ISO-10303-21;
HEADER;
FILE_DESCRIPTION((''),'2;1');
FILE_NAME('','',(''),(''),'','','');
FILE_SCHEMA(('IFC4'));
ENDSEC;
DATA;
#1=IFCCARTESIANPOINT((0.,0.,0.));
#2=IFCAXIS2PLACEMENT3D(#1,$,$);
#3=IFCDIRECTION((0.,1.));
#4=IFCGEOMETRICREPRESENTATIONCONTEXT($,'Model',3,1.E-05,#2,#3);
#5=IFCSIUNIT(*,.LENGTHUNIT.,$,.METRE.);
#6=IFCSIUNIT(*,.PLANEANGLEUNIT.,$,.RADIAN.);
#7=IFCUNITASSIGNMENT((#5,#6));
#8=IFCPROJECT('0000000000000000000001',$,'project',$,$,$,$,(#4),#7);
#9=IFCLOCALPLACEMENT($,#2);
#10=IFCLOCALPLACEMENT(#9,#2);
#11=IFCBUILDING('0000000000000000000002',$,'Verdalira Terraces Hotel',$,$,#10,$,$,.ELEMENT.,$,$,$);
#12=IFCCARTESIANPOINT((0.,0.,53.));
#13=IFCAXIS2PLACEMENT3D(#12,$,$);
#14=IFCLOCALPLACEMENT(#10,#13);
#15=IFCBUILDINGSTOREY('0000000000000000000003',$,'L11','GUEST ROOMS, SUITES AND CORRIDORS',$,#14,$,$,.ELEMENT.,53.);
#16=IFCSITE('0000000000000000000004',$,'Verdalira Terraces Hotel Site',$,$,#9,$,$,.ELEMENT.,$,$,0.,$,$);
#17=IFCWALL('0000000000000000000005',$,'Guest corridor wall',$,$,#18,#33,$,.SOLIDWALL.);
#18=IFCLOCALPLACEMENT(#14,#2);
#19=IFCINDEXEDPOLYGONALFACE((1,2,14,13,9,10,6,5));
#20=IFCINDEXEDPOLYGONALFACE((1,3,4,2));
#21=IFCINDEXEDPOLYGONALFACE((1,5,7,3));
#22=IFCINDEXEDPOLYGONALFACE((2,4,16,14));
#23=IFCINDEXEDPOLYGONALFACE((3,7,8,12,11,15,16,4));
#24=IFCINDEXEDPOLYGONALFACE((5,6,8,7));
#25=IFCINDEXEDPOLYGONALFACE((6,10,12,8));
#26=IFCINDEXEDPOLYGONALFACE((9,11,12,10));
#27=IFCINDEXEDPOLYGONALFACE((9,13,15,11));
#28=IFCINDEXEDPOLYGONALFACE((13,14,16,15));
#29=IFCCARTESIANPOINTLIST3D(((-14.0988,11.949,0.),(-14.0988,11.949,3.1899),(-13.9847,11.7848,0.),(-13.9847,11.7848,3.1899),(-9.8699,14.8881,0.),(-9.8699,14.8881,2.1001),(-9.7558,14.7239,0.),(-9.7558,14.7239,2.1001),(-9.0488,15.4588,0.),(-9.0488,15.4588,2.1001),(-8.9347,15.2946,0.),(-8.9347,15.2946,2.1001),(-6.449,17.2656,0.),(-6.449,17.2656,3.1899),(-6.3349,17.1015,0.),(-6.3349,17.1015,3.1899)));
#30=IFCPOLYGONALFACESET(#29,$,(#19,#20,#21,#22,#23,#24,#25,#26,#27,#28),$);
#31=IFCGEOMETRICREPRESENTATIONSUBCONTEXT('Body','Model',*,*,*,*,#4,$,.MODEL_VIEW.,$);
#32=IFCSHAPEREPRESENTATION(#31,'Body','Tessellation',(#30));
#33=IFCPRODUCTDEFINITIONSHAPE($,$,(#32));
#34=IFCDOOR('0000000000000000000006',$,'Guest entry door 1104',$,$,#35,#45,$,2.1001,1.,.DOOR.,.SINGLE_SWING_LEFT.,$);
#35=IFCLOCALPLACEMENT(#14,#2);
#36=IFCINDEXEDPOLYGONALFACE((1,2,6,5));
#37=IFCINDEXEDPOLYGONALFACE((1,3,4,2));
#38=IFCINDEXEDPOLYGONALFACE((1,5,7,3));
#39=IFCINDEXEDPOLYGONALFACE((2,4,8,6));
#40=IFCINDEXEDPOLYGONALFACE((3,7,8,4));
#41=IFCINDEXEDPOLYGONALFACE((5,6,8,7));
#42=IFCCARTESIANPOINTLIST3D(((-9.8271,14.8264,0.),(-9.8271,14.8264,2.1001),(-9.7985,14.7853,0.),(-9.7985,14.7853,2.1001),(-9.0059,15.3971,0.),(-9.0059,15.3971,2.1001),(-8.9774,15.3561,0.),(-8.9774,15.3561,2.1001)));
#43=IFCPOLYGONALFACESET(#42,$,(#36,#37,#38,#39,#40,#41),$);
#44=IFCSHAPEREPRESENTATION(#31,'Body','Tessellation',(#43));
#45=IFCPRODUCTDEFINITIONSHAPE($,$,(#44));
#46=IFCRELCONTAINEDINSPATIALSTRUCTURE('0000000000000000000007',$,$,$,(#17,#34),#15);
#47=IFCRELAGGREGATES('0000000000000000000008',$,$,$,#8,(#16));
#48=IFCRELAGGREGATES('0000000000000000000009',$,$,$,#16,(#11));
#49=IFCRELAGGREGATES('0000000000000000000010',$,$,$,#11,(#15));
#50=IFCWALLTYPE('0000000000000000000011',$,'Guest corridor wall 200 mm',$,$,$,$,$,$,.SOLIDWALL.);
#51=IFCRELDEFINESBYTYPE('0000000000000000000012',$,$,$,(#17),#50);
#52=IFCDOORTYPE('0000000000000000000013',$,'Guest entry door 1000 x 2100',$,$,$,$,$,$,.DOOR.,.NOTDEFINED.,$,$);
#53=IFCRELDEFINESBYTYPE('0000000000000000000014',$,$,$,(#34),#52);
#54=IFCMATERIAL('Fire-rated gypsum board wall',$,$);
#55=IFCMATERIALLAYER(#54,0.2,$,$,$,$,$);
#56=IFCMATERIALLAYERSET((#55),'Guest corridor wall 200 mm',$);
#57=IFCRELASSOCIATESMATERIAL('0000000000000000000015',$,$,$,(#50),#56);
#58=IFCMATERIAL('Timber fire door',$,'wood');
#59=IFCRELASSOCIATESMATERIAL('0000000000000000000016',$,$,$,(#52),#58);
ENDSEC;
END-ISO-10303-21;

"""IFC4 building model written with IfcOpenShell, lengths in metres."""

from ifc_helpers import new_model, si_unit, direction, frame, frame_2d, origin, place, context, subcontext, project, spatial, rectangle, extrude, material, layer, layer_set, type_object, element, fill, save


model = new_model("IFC4")

# Units and contexts
model_context = context("Model", 3, precision=1e-05, world=origin(), true_north=direction((0.0, 1.0)))
body_context = subcontext(model_context, "Body", "Model", "MODEL_VIEW")
ifc_project = project(units=[si_unit("LENGTHUNIT", "METRE"), si_unit("PLANEANGLEUNIT", "RADIAN")], contexts=[model_context])

# Site, building, storey
site_placement = place(None, origin())
site = spatial("IfcSite", under=ifc_project, at=site_placement, Name="Verdalira Terraces Hotel Site", CompositionType="ELEMENT", RefElevation=0.0)
building_placement = place(site_placement, origin())
building = spatial("IfcBuilding", under=site, at=building_placement, Name="Verdalira Terraces Hotel", CompositionType="ELEMENT")
storey_placement = place(building_placement, frame((0.0, 0.0, 53.0)))
storey = spatial("IfcBuildingStorey", under=building, at=storey_placement, Name="L11", Description="GUEST ROOMS, SUITES AND CORRIDORS", CompositionType="ELEMENT", Elevation=53.0)

# Wall, opening, door
ifc_material_1 = material(Name="Fire-rated gypsum board wall")
ifc_layer_1 = layer(ifc_material_1, 0.2)
ifc_layer_set_1 = layer_set([ifc_layer_1], Name="Guest corridor wall 200 mm")
wall_type_1 = type_object("IfcWallType", Name="Guest corridor wall 200 mm", PredefinedType="SOLIDWALL", material=ifc_layer_set_1)
ifc_material_2 = material(Name="Timber fire door", Category="wood")
door_type_1 = type_object("IfcDoorType", Name="Guest entry door 1000 x 2100", OperationType="NOTDEFINED", PredefinedType="DOOR", material=ifc_material_2)
wall_1_placement = place(storey_placement, frame((-14.0417, 11.8669, 0.0), z_axis=(0.0, 0.0, 1.0), x_axis=(0.821158, 0.570701, 0.0)))
wall_1 = element("IfcWall", 1, at=wall_1_placement, inside=storey, type_object=wall_type_1, Name="Guest corridor wall", PredefinedType="SOLIDWALL", context=body_context, shape_type="SweptSolid", body=[
    extrude(rectangle(XDim=9.3159, YDim=0.2, at=frame_2d((4.658, 0.0))), origin(), (0.0, 0.0, 1.0), 3.1899),
])
opening_1_placement = place(wall_1_placement, frame((5.1499, 0.0, 0.0)))
opening_1 = element("IfcOpeningElement", 2, at=opening_1_placement, cuts=wall_1, PredefinedType="OPENING", context=body_context, shape_type="SweptSolid", body=[
    extrude(rectangle(XDim=1.0, YDim=2.1001, at=frame_2d((0.5, 1.05))), frame((0.0, 0.1099, 0.0), z_axis=(0.0, -1.0, 0.0), x_axis=(1.0, 0.0, 0.0)), (0.0, 0.0, 1.0), 0.22),
])
door_1_placement = place(opening_1_placement, origin())
door_1 = element("IfcDoor", 3, at=door_1_placement, inside=storey, type_object=door_type_1, Name="Guest entry door 1104", OperationType="SINGLE_SWING_LEFT", OverallHeight=2.1001, OverallWidth=1.0, PredefinedType="DOOR", context=body_context, shape_type="SweptSolid", body=[
    extrude(rectangle(XDim=1.0, YDim=2.1001, at=frame_2d((0.5, 1.05))), frame((0.0, 0.0249, 0.0), z_axis=(0.0, -1.0, 0.0), x_axis=(1.0, 0.0, 0.0)), (0.0, 0.0, 1.0), 0.05),
])
fill(opening_1, door_1)

save(model, "model.ifc")
